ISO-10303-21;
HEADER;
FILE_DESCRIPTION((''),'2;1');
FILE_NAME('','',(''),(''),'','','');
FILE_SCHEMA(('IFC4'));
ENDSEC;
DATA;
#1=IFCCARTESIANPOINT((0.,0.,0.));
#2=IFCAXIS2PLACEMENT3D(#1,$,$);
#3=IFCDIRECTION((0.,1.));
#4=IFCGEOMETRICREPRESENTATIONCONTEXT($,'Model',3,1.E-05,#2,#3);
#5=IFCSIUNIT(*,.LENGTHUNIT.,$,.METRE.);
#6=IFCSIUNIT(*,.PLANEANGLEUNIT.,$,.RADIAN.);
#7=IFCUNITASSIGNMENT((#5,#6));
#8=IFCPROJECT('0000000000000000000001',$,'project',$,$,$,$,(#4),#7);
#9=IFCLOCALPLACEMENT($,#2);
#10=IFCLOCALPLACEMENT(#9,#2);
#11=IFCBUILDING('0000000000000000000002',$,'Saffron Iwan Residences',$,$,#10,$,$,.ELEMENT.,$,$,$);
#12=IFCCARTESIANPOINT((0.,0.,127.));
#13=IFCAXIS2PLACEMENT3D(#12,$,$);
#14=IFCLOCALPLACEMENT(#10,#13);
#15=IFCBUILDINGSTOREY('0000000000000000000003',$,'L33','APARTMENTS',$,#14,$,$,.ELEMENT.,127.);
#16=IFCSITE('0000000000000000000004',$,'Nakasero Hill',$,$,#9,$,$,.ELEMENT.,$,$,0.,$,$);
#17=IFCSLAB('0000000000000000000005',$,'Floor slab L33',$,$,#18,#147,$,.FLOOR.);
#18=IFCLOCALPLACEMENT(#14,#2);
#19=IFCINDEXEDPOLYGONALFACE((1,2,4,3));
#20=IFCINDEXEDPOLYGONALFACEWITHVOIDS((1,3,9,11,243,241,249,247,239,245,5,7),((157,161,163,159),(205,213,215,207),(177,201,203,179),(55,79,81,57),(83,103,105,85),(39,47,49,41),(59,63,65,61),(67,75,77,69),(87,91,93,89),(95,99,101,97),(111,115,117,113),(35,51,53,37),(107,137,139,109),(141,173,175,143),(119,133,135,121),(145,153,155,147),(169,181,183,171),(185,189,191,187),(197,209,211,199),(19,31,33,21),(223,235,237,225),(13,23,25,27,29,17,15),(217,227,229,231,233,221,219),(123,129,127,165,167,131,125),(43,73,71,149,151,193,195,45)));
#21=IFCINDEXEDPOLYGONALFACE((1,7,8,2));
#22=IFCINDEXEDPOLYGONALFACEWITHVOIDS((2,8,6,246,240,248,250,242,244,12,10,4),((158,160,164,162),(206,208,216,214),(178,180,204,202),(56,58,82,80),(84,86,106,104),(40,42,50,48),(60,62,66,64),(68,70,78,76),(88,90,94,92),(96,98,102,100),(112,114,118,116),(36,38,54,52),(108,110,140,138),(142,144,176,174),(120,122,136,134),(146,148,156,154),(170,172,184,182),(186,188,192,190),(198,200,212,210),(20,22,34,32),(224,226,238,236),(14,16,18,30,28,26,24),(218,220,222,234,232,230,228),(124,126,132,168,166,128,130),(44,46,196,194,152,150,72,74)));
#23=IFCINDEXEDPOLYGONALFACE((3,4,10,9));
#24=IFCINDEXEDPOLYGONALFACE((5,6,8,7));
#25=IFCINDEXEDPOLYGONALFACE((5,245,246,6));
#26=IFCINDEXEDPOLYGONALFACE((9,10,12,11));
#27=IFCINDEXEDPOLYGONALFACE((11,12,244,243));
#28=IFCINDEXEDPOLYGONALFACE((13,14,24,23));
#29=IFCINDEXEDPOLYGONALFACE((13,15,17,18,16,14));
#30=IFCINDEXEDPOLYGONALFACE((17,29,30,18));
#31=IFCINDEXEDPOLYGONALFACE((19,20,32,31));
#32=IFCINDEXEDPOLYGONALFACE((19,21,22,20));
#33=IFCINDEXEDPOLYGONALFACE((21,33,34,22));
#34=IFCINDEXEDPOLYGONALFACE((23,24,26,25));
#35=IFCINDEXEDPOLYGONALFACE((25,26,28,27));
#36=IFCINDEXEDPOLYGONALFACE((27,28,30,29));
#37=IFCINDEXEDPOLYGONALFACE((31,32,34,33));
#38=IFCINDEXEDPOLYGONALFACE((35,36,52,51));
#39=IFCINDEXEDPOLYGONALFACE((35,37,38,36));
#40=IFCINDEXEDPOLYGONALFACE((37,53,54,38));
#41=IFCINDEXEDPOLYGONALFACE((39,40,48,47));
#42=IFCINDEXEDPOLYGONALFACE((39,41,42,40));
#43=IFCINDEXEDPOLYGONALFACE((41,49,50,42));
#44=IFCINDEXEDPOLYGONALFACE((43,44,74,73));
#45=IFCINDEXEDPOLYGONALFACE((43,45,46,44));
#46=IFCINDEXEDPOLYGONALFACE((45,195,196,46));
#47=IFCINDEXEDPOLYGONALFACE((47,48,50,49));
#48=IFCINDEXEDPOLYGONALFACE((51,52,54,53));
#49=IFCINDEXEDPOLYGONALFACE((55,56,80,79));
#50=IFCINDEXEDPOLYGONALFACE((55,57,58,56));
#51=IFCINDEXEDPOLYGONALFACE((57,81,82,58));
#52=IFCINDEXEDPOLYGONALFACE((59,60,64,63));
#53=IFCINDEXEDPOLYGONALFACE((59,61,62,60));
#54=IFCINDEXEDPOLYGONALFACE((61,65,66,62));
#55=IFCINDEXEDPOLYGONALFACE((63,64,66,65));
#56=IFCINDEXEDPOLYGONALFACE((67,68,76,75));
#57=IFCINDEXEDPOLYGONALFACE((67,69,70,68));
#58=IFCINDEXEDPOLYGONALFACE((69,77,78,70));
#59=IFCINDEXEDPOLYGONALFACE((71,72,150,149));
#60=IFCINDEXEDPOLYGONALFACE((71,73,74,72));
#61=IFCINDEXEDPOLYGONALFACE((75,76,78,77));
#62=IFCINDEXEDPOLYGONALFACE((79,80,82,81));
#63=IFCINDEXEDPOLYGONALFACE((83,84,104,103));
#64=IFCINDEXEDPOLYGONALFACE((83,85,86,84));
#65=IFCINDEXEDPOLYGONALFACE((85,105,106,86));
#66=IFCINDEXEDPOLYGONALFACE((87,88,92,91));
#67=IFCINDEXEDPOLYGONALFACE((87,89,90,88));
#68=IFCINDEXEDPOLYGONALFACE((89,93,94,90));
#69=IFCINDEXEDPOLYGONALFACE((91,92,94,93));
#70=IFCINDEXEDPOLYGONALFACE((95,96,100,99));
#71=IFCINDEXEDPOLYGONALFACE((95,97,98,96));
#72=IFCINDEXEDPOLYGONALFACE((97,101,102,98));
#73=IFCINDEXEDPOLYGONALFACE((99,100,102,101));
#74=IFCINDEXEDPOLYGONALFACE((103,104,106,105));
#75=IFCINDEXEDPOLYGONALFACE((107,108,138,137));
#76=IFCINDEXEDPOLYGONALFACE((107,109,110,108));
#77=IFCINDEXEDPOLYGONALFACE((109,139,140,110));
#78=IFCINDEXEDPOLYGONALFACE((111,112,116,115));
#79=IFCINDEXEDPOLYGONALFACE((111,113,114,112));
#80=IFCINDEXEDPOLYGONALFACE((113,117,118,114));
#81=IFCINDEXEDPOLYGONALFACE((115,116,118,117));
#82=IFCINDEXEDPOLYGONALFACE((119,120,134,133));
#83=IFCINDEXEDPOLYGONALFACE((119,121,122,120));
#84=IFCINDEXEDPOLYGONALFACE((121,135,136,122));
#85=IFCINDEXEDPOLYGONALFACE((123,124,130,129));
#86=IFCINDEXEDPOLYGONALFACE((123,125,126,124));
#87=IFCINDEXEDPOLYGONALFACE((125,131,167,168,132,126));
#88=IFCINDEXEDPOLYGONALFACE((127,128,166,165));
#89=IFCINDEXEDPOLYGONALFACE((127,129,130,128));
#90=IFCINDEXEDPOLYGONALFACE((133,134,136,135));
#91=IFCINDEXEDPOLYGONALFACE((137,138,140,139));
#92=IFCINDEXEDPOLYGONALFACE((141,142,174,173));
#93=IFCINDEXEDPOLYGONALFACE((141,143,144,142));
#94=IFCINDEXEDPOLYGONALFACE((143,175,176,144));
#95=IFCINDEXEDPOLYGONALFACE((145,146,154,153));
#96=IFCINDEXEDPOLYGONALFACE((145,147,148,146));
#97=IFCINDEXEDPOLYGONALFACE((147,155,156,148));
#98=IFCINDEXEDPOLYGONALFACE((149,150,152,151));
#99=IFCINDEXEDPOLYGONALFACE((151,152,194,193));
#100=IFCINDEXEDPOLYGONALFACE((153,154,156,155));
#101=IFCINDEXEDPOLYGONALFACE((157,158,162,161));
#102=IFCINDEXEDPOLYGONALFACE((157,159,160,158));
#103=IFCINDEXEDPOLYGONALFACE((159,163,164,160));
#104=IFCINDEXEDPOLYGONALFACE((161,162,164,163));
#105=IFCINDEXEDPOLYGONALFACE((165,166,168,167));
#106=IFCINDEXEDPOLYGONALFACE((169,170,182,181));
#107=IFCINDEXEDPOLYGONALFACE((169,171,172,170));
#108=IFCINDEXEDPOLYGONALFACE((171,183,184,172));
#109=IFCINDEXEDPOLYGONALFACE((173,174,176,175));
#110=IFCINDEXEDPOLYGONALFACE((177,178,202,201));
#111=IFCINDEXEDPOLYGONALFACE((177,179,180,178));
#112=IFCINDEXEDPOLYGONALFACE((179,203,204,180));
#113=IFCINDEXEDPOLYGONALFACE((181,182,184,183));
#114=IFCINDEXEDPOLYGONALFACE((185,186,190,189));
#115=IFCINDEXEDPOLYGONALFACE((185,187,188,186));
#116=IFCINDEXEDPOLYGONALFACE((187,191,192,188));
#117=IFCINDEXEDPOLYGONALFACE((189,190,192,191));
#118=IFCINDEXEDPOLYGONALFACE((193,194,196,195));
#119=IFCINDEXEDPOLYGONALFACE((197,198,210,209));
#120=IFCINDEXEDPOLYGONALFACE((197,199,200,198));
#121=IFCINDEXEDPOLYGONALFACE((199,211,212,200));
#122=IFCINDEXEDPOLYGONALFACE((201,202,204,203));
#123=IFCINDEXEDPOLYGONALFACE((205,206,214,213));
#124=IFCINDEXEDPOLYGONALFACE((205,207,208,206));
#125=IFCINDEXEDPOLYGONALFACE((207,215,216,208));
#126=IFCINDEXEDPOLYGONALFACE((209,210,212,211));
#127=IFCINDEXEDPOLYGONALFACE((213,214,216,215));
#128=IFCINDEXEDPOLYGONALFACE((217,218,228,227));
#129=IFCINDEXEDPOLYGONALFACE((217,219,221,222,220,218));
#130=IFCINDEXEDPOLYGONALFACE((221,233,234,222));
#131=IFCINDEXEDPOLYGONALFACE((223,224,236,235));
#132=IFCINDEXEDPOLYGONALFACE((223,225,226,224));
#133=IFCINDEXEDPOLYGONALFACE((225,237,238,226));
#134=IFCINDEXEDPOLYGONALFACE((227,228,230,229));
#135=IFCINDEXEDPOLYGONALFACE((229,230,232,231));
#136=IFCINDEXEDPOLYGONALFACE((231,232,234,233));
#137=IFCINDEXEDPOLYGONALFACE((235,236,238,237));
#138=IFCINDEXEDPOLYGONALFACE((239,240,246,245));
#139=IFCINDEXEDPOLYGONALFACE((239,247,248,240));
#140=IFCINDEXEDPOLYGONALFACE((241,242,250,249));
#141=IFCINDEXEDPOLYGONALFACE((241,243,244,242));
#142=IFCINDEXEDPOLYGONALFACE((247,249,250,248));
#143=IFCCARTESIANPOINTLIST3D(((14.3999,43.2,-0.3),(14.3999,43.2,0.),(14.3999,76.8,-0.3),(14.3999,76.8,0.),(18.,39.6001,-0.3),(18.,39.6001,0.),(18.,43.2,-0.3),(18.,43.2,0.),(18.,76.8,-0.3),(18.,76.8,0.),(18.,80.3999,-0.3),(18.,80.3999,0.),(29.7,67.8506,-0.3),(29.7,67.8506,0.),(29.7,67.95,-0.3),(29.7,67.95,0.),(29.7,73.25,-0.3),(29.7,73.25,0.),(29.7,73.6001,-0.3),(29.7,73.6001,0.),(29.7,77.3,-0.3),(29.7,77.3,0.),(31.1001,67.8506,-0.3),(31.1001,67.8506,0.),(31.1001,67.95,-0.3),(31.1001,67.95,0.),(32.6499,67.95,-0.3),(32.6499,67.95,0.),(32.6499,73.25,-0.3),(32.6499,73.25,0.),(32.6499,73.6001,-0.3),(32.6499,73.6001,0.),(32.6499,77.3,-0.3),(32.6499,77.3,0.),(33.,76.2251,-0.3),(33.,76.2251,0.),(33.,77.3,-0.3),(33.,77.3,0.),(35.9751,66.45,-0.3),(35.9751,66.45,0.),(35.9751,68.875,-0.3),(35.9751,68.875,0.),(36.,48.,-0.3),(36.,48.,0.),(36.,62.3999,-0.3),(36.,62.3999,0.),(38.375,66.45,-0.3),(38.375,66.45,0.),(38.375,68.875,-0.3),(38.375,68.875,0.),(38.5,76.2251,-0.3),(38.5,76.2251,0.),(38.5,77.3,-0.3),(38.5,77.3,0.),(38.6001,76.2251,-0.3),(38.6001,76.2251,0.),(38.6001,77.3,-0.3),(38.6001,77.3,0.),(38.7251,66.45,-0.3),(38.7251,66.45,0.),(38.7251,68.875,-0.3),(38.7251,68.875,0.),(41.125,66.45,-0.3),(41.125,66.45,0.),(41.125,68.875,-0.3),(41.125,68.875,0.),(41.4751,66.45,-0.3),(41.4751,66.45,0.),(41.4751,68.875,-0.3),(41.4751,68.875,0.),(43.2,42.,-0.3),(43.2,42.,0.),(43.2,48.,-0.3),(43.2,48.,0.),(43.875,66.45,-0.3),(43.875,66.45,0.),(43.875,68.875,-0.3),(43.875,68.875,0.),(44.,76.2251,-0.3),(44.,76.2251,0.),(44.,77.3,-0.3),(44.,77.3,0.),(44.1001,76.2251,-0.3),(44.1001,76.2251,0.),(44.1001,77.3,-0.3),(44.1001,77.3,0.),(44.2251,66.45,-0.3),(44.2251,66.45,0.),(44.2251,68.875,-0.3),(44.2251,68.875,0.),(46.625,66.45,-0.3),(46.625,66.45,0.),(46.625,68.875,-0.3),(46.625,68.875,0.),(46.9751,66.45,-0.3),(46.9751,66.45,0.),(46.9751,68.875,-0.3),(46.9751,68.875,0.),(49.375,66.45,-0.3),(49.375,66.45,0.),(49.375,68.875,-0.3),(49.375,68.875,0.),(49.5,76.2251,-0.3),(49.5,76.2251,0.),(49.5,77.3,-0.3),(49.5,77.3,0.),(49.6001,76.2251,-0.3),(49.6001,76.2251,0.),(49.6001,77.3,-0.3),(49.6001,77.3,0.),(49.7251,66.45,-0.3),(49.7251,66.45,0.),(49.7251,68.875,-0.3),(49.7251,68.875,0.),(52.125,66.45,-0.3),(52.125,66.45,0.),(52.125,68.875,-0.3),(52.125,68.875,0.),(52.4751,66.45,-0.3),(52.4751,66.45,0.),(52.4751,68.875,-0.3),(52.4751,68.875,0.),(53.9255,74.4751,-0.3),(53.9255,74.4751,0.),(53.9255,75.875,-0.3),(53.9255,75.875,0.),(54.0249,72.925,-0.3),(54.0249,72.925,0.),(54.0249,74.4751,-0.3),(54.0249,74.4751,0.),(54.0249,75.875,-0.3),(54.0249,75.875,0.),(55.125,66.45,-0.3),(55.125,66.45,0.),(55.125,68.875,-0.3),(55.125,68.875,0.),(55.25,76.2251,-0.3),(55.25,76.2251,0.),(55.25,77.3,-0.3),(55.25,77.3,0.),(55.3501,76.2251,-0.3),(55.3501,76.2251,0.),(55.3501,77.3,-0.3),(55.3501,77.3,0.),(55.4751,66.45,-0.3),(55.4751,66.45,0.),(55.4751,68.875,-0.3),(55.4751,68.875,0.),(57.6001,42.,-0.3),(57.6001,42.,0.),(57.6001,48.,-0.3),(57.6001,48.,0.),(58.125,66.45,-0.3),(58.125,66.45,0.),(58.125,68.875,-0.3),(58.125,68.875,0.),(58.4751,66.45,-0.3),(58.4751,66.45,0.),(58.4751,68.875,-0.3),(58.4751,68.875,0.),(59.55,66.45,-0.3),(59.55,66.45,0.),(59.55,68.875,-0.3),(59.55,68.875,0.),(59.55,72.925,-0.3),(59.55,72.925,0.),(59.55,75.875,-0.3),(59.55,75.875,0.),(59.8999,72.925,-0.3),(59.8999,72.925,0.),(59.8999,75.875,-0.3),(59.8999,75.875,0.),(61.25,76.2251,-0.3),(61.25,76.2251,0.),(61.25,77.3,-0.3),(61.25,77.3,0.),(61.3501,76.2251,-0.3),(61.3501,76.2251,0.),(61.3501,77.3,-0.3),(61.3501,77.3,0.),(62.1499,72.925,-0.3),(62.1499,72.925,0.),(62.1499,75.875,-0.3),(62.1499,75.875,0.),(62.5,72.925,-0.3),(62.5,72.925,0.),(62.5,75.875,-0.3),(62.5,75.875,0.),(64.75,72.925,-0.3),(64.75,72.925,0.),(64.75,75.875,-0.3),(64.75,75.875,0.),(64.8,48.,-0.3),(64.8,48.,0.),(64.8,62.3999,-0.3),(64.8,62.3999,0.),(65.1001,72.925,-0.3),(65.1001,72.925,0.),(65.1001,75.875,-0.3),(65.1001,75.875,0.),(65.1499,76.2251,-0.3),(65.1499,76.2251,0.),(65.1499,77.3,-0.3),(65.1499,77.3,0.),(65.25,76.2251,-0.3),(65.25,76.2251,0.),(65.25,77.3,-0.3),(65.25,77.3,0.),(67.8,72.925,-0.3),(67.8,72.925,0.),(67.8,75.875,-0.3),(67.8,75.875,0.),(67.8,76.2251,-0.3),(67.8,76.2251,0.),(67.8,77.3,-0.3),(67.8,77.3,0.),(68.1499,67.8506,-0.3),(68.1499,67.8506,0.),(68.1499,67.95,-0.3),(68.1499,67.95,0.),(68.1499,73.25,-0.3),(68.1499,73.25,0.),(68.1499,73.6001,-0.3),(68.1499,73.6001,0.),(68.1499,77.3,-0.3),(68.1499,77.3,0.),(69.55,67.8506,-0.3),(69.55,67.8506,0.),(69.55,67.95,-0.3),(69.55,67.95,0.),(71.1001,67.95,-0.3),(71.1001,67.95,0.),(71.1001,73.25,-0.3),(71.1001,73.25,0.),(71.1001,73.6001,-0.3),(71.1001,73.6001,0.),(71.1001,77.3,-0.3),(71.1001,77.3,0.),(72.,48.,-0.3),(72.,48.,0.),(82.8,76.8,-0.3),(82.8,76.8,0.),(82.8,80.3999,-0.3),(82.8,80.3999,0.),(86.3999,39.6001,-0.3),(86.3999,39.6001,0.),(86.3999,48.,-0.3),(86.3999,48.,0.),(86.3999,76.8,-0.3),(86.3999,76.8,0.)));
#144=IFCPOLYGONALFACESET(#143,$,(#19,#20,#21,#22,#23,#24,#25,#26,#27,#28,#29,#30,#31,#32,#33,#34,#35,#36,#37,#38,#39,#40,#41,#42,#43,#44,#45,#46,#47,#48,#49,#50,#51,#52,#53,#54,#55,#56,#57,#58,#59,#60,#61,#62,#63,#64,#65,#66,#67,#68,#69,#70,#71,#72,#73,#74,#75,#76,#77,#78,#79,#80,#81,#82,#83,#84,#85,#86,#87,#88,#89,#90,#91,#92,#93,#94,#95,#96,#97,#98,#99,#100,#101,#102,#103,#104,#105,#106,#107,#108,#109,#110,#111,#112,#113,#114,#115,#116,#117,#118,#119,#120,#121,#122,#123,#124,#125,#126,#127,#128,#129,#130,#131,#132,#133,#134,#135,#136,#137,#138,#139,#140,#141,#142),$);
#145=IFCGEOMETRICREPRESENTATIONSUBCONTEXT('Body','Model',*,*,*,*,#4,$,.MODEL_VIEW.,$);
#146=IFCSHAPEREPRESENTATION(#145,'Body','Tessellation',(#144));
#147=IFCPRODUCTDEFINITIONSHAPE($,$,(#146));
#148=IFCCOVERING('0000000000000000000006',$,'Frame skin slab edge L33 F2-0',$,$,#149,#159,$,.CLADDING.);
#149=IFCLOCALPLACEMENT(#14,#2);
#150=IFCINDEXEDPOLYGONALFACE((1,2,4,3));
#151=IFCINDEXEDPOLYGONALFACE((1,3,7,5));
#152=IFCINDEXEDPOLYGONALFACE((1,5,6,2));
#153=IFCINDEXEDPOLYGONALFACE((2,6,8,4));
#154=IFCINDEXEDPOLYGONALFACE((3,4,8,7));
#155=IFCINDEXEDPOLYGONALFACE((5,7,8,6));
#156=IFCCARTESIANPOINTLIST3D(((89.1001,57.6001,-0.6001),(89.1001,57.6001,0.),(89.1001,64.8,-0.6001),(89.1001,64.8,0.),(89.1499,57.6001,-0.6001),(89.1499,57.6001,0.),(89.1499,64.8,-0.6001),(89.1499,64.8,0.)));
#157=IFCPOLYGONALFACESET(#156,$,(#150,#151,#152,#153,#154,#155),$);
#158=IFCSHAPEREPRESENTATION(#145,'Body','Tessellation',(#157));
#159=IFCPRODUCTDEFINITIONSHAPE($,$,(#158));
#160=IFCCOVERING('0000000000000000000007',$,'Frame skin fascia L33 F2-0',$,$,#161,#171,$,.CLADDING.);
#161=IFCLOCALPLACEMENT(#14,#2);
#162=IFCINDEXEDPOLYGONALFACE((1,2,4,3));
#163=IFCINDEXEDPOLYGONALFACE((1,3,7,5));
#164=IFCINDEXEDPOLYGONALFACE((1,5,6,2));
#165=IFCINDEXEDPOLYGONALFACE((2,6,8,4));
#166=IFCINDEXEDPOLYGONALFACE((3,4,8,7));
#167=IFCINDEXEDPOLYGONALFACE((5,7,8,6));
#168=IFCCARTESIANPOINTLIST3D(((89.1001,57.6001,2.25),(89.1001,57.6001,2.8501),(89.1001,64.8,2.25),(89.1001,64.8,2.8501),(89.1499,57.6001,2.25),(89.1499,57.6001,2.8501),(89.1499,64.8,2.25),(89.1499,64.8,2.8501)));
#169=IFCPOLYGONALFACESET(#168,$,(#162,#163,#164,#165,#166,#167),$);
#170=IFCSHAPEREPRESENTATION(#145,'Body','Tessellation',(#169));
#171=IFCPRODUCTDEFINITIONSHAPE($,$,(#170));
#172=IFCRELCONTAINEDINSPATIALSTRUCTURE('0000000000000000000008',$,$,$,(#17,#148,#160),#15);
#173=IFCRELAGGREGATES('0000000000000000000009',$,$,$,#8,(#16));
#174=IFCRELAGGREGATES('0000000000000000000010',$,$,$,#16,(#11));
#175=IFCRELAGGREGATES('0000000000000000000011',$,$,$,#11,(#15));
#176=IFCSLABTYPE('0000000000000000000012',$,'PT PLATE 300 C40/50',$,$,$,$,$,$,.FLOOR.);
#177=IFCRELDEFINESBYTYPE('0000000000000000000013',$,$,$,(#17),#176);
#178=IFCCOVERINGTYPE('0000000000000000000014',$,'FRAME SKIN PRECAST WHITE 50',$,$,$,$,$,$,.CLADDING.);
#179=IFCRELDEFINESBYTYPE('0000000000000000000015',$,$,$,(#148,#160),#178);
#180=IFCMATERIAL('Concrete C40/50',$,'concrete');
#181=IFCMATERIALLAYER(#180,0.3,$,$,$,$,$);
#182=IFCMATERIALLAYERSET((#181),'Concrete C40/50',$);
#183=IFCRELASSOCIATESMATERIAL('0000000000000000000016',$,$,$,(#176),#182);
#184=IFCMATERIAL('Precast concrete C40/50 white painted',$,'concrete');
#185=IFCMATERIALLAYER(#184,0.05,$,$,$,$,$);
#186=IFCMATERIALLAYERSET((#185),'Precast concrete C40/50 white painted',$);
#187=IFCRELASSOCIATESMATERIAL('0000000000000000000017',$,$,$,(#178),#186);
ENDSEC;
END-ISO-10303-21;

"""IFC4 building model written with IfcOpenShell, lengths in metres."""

from ifc_helpers import new_model, si_unit, direction, frame, origin, place, context, subcontext, project, spatial, polyline, outline, extrude, material, layer, layer_set, type_object, element, save


model = new_model("IFC4")

# Units and contexts
model_context = context("Model", 3, precision=1e-05, world=origin(), true_north=direction((0.0, 1.0)))
body_context = subcontext(model_context, "Body", "Model", "MODEL_VIEW")
ifc_project = project(units=[si_unit("LENGTHUNIT", "METRE"), si_unit("PLANEANGLEUNIT", "RADIAN")], contexts=[model_context])

# Site, building, storey
site_placement = place(None, origin())
site = spatial("IfcSite", under=ifc_project, at=site_placement, Name="Nakasero Hill", CompositionType="ELEMENT", RefElevation=0.0)
building_placement = place(site_placement, origin())
building = spatial("IfcBuilding", under=site, at=building_placement, Name="Saffron Iwan Residences", CompositionType="ELEMENT")
storey_placement = place(building_placement, frame((0.0, 0.0, 127.0)))
storey = spatial("IfcBuildingStorey", under=building, at=storey_placement, Name="L33", Description="APARTMENTS", CompositionType="ELEMENT", Elevation=127.0)

# Slab
ifc_material_1 = material(Name="Concrete C40/50", Category="concrete")
ifc_layer_1 = layer(ifc_material_1, 0.3)
ifc_layer_set_1 = layer_set([ifc_layer_1], Name="Concrete C40/50")
slab_type_1 = type_object("IfcSlabType", Name="PT PLATE 300 C40/50", PredefinedType="FLOOR", material=ifc_layer_set_1)
slab_1_placement = place(storey_placement, frame((0.0, 0.0, -0.3)))
element("IfcSlab", 1, at=slab_1_placement, inside=storey, type_object=slab_type_1, Name="Floor slab L33", PredefinedType="FLOOR", context=body_context, shape_type="SweptSolid", body=[
    extrude(outline(polyline([(14.3999, 43.2), (14.3999, 76.8), (18.0, 76.8), (18.0, 80.3999), (82.8, 80.3999), (82.8, 76.8), (86.3999, 76.8), (86.3999, 48.0), (72.0, 48.0), (86.3999, 39.6001), (18.0, 39.6001), (18.0, 43.2), (14.3999, 43.2)]), holes=[polyline([(64.8, 48.0), (64.8, 62.3999), (36.0, 62.3999), (36.0, 48.0), (43.2, 48.0), (43.2, 42.0), (57.6001, 42.0), (57.6001, 48.0), (64.8, 48.0)]), polyline([(38.375, 68.875), (35.9751, 68.875), (35.9751, 66.45), (38.375, 66.45), (38.375, 68.875)]), polyline([(41.125, 66.45), (41.125, 68.875), (38.7251, 68.875), (38.7251, 66.45), (41.125, 66.45)]), polyline([(43.875, 66.45), (43.875, 68.875), (41.4751, 68.875), (41.4751, 66.45), (43.875, 66.45)]), polyline([(46.625, 68.875), (44.2251, 68.875), (44.2251, 66.45), (46.625, 66.45), (46.625, 68.875)]), polyline([(49.375, 66.45), (49.375, 68.875), (46.9751, 68.875), (46.9751, 66.45), (49.375, 66.45)]), polyline([(52.125, 66.45), (52.125, 68.875), (49.7251, 68.875), (49.7251, 66.45), (52.125, 66.45)]), polyline([(29.7, 73.25), (29.7, 67.95), (29.7, 67.8506), (31.1001, 67.8506), (31.1001, 67.95), (32.6499, 67.95), (32.6499, 73.25), (29.7, 73.25)]), polyline([(32.6499, 73.6001), (32.6499, 77.3), (29.7, 77.3), (29.7, 73.6001), (32.6499, 73.6001)]), polyline([(38.5, 76.2251), (38.5, 77.3), (33.0, 77.3), (33.0, 76.2251), (38.5, 76.2251)]), polyline([(44.0, 77.3), (38.6001, 77.3), (38.6001, 76.2251), (44.0, 76.2251), (44.0, 77.3)]), polyline([(49.5, 76.2251), (49.5, 77.3), (44.1001, 77.3), (44.1001, 76.2251), (49.5, 76.2251)]), polyline([(55.25, 76.2251), (55.25, 77.3), (49.6001, 77.3), (49.6001, 76.2251), (55.25, 76.2251)]), polyline([(55.125, 68.875), (52.4751, 68.875), (52.4751, 66.45), (55.125, 66.45), (55.125, 68.875)]), polyline([(58.125, 66.45), (58.125, 68.875), (55.4751, 68.875), (55.4751, 66.45), (58.125, 66.45)]), polyline([(59.55, 66.45), (59.55, 68.875), (58.4751, 68.875), (58.4751, 66.45), (59.55, 66.45)]), polyline([(68.1499, 73.25), (68.1499, 67.95), (68.1499, 67.8506), (69.55, 67.8506), (69.55, 67.95), (71.1001, 67.95), (71.1001, 73.25), (68.1499, 73.25)]), polyline([(53.9255, 74.4751), (54.0249, 74.4751), (54.0249, 72.925), (59.55, 72.925), (59.55, 75.875), (54.0249, 75.875), (53.9255, 75.875), (53.9255, 74.4751)]), polyline([(62.1499, 72.925), (62.1499, 75.875), (59.8999, 75.875), (59.8999, 72.925), (62.1499, 72.925)]), polyline([(64.75, 75.875), (62.5, 75.875), (62.5, 72.925), (64.75, 72.925), (64.75, 75.875)]), polyline([(67.8, 72.925), (67.8, 75.875), (65.1001, 75.875), (65.1001, 72.925), (67.8, 72.925)]), polyline([(71.1001, 73.6001), (71.1001, 77.3), (68.1499, 77.3), (68.1499, 73.6001), (71.1001, 73.6001)]), polyline([(61.25, 77.3), (55.3501, 77.3), (55.3501, 76.2251), (61.25, 76.2251), (61.25, 77.3)]), polyline([(65.1499, 76.2251), (65.1499, 77.3), (61.3501, 77.3), (61.3501, 76.2251), (65.1499, 76.2251)]), polyline([(67.8, 76.2251), (67.8, 77.3), (65.25, 77.3), (65.25, 76.2251), (67.8, 76.2251)])]), origin(), (0.0, 0.0, 1.0), 0.3),
])

# Coverings
ifc_material_2 = material(Name="Precast concrete C40/50 white painted", Category="concrete")
ifc_layer_2 = layer(ifc_material_2, 0.05)
ifc_layer_set_2 = layer_set([ifc_layer_2], Name="Precast concrete C40/50 white painted")
covering_type_1 = type_object("IfcCoveringType", Name="FRAME SKIN PRECAST WHITE 50", PredefinedType="CLADDING", material=ifc_layer_set_2)
for number, where, name in (
    (2, (0.0, 0.0, -0.6001), "Frame skin slab edge L33 F2-0"),
    (3, (0.0, 0.0, 2.25), "Frame skin fascia L33 F2-0"),
):
    element("IfcCovering", number, at=place(storey_placement, frame(where)), inside=storey, type_object=covering_type_1, Name=name, PredefinedType="CLADDING", context=body_context, shape_type="SweptSolid", body=[
        extrude(outline(polyline([(89.1499, 57.6001), (89.1499, 64.8), (89.1001, 64.8), (89.1001, 57.6001), (89.1499, 57.6001)])), origin(), (0.0, 0.0, 1.0), 0.6001),
    ])

save(model, "model.ifc")
